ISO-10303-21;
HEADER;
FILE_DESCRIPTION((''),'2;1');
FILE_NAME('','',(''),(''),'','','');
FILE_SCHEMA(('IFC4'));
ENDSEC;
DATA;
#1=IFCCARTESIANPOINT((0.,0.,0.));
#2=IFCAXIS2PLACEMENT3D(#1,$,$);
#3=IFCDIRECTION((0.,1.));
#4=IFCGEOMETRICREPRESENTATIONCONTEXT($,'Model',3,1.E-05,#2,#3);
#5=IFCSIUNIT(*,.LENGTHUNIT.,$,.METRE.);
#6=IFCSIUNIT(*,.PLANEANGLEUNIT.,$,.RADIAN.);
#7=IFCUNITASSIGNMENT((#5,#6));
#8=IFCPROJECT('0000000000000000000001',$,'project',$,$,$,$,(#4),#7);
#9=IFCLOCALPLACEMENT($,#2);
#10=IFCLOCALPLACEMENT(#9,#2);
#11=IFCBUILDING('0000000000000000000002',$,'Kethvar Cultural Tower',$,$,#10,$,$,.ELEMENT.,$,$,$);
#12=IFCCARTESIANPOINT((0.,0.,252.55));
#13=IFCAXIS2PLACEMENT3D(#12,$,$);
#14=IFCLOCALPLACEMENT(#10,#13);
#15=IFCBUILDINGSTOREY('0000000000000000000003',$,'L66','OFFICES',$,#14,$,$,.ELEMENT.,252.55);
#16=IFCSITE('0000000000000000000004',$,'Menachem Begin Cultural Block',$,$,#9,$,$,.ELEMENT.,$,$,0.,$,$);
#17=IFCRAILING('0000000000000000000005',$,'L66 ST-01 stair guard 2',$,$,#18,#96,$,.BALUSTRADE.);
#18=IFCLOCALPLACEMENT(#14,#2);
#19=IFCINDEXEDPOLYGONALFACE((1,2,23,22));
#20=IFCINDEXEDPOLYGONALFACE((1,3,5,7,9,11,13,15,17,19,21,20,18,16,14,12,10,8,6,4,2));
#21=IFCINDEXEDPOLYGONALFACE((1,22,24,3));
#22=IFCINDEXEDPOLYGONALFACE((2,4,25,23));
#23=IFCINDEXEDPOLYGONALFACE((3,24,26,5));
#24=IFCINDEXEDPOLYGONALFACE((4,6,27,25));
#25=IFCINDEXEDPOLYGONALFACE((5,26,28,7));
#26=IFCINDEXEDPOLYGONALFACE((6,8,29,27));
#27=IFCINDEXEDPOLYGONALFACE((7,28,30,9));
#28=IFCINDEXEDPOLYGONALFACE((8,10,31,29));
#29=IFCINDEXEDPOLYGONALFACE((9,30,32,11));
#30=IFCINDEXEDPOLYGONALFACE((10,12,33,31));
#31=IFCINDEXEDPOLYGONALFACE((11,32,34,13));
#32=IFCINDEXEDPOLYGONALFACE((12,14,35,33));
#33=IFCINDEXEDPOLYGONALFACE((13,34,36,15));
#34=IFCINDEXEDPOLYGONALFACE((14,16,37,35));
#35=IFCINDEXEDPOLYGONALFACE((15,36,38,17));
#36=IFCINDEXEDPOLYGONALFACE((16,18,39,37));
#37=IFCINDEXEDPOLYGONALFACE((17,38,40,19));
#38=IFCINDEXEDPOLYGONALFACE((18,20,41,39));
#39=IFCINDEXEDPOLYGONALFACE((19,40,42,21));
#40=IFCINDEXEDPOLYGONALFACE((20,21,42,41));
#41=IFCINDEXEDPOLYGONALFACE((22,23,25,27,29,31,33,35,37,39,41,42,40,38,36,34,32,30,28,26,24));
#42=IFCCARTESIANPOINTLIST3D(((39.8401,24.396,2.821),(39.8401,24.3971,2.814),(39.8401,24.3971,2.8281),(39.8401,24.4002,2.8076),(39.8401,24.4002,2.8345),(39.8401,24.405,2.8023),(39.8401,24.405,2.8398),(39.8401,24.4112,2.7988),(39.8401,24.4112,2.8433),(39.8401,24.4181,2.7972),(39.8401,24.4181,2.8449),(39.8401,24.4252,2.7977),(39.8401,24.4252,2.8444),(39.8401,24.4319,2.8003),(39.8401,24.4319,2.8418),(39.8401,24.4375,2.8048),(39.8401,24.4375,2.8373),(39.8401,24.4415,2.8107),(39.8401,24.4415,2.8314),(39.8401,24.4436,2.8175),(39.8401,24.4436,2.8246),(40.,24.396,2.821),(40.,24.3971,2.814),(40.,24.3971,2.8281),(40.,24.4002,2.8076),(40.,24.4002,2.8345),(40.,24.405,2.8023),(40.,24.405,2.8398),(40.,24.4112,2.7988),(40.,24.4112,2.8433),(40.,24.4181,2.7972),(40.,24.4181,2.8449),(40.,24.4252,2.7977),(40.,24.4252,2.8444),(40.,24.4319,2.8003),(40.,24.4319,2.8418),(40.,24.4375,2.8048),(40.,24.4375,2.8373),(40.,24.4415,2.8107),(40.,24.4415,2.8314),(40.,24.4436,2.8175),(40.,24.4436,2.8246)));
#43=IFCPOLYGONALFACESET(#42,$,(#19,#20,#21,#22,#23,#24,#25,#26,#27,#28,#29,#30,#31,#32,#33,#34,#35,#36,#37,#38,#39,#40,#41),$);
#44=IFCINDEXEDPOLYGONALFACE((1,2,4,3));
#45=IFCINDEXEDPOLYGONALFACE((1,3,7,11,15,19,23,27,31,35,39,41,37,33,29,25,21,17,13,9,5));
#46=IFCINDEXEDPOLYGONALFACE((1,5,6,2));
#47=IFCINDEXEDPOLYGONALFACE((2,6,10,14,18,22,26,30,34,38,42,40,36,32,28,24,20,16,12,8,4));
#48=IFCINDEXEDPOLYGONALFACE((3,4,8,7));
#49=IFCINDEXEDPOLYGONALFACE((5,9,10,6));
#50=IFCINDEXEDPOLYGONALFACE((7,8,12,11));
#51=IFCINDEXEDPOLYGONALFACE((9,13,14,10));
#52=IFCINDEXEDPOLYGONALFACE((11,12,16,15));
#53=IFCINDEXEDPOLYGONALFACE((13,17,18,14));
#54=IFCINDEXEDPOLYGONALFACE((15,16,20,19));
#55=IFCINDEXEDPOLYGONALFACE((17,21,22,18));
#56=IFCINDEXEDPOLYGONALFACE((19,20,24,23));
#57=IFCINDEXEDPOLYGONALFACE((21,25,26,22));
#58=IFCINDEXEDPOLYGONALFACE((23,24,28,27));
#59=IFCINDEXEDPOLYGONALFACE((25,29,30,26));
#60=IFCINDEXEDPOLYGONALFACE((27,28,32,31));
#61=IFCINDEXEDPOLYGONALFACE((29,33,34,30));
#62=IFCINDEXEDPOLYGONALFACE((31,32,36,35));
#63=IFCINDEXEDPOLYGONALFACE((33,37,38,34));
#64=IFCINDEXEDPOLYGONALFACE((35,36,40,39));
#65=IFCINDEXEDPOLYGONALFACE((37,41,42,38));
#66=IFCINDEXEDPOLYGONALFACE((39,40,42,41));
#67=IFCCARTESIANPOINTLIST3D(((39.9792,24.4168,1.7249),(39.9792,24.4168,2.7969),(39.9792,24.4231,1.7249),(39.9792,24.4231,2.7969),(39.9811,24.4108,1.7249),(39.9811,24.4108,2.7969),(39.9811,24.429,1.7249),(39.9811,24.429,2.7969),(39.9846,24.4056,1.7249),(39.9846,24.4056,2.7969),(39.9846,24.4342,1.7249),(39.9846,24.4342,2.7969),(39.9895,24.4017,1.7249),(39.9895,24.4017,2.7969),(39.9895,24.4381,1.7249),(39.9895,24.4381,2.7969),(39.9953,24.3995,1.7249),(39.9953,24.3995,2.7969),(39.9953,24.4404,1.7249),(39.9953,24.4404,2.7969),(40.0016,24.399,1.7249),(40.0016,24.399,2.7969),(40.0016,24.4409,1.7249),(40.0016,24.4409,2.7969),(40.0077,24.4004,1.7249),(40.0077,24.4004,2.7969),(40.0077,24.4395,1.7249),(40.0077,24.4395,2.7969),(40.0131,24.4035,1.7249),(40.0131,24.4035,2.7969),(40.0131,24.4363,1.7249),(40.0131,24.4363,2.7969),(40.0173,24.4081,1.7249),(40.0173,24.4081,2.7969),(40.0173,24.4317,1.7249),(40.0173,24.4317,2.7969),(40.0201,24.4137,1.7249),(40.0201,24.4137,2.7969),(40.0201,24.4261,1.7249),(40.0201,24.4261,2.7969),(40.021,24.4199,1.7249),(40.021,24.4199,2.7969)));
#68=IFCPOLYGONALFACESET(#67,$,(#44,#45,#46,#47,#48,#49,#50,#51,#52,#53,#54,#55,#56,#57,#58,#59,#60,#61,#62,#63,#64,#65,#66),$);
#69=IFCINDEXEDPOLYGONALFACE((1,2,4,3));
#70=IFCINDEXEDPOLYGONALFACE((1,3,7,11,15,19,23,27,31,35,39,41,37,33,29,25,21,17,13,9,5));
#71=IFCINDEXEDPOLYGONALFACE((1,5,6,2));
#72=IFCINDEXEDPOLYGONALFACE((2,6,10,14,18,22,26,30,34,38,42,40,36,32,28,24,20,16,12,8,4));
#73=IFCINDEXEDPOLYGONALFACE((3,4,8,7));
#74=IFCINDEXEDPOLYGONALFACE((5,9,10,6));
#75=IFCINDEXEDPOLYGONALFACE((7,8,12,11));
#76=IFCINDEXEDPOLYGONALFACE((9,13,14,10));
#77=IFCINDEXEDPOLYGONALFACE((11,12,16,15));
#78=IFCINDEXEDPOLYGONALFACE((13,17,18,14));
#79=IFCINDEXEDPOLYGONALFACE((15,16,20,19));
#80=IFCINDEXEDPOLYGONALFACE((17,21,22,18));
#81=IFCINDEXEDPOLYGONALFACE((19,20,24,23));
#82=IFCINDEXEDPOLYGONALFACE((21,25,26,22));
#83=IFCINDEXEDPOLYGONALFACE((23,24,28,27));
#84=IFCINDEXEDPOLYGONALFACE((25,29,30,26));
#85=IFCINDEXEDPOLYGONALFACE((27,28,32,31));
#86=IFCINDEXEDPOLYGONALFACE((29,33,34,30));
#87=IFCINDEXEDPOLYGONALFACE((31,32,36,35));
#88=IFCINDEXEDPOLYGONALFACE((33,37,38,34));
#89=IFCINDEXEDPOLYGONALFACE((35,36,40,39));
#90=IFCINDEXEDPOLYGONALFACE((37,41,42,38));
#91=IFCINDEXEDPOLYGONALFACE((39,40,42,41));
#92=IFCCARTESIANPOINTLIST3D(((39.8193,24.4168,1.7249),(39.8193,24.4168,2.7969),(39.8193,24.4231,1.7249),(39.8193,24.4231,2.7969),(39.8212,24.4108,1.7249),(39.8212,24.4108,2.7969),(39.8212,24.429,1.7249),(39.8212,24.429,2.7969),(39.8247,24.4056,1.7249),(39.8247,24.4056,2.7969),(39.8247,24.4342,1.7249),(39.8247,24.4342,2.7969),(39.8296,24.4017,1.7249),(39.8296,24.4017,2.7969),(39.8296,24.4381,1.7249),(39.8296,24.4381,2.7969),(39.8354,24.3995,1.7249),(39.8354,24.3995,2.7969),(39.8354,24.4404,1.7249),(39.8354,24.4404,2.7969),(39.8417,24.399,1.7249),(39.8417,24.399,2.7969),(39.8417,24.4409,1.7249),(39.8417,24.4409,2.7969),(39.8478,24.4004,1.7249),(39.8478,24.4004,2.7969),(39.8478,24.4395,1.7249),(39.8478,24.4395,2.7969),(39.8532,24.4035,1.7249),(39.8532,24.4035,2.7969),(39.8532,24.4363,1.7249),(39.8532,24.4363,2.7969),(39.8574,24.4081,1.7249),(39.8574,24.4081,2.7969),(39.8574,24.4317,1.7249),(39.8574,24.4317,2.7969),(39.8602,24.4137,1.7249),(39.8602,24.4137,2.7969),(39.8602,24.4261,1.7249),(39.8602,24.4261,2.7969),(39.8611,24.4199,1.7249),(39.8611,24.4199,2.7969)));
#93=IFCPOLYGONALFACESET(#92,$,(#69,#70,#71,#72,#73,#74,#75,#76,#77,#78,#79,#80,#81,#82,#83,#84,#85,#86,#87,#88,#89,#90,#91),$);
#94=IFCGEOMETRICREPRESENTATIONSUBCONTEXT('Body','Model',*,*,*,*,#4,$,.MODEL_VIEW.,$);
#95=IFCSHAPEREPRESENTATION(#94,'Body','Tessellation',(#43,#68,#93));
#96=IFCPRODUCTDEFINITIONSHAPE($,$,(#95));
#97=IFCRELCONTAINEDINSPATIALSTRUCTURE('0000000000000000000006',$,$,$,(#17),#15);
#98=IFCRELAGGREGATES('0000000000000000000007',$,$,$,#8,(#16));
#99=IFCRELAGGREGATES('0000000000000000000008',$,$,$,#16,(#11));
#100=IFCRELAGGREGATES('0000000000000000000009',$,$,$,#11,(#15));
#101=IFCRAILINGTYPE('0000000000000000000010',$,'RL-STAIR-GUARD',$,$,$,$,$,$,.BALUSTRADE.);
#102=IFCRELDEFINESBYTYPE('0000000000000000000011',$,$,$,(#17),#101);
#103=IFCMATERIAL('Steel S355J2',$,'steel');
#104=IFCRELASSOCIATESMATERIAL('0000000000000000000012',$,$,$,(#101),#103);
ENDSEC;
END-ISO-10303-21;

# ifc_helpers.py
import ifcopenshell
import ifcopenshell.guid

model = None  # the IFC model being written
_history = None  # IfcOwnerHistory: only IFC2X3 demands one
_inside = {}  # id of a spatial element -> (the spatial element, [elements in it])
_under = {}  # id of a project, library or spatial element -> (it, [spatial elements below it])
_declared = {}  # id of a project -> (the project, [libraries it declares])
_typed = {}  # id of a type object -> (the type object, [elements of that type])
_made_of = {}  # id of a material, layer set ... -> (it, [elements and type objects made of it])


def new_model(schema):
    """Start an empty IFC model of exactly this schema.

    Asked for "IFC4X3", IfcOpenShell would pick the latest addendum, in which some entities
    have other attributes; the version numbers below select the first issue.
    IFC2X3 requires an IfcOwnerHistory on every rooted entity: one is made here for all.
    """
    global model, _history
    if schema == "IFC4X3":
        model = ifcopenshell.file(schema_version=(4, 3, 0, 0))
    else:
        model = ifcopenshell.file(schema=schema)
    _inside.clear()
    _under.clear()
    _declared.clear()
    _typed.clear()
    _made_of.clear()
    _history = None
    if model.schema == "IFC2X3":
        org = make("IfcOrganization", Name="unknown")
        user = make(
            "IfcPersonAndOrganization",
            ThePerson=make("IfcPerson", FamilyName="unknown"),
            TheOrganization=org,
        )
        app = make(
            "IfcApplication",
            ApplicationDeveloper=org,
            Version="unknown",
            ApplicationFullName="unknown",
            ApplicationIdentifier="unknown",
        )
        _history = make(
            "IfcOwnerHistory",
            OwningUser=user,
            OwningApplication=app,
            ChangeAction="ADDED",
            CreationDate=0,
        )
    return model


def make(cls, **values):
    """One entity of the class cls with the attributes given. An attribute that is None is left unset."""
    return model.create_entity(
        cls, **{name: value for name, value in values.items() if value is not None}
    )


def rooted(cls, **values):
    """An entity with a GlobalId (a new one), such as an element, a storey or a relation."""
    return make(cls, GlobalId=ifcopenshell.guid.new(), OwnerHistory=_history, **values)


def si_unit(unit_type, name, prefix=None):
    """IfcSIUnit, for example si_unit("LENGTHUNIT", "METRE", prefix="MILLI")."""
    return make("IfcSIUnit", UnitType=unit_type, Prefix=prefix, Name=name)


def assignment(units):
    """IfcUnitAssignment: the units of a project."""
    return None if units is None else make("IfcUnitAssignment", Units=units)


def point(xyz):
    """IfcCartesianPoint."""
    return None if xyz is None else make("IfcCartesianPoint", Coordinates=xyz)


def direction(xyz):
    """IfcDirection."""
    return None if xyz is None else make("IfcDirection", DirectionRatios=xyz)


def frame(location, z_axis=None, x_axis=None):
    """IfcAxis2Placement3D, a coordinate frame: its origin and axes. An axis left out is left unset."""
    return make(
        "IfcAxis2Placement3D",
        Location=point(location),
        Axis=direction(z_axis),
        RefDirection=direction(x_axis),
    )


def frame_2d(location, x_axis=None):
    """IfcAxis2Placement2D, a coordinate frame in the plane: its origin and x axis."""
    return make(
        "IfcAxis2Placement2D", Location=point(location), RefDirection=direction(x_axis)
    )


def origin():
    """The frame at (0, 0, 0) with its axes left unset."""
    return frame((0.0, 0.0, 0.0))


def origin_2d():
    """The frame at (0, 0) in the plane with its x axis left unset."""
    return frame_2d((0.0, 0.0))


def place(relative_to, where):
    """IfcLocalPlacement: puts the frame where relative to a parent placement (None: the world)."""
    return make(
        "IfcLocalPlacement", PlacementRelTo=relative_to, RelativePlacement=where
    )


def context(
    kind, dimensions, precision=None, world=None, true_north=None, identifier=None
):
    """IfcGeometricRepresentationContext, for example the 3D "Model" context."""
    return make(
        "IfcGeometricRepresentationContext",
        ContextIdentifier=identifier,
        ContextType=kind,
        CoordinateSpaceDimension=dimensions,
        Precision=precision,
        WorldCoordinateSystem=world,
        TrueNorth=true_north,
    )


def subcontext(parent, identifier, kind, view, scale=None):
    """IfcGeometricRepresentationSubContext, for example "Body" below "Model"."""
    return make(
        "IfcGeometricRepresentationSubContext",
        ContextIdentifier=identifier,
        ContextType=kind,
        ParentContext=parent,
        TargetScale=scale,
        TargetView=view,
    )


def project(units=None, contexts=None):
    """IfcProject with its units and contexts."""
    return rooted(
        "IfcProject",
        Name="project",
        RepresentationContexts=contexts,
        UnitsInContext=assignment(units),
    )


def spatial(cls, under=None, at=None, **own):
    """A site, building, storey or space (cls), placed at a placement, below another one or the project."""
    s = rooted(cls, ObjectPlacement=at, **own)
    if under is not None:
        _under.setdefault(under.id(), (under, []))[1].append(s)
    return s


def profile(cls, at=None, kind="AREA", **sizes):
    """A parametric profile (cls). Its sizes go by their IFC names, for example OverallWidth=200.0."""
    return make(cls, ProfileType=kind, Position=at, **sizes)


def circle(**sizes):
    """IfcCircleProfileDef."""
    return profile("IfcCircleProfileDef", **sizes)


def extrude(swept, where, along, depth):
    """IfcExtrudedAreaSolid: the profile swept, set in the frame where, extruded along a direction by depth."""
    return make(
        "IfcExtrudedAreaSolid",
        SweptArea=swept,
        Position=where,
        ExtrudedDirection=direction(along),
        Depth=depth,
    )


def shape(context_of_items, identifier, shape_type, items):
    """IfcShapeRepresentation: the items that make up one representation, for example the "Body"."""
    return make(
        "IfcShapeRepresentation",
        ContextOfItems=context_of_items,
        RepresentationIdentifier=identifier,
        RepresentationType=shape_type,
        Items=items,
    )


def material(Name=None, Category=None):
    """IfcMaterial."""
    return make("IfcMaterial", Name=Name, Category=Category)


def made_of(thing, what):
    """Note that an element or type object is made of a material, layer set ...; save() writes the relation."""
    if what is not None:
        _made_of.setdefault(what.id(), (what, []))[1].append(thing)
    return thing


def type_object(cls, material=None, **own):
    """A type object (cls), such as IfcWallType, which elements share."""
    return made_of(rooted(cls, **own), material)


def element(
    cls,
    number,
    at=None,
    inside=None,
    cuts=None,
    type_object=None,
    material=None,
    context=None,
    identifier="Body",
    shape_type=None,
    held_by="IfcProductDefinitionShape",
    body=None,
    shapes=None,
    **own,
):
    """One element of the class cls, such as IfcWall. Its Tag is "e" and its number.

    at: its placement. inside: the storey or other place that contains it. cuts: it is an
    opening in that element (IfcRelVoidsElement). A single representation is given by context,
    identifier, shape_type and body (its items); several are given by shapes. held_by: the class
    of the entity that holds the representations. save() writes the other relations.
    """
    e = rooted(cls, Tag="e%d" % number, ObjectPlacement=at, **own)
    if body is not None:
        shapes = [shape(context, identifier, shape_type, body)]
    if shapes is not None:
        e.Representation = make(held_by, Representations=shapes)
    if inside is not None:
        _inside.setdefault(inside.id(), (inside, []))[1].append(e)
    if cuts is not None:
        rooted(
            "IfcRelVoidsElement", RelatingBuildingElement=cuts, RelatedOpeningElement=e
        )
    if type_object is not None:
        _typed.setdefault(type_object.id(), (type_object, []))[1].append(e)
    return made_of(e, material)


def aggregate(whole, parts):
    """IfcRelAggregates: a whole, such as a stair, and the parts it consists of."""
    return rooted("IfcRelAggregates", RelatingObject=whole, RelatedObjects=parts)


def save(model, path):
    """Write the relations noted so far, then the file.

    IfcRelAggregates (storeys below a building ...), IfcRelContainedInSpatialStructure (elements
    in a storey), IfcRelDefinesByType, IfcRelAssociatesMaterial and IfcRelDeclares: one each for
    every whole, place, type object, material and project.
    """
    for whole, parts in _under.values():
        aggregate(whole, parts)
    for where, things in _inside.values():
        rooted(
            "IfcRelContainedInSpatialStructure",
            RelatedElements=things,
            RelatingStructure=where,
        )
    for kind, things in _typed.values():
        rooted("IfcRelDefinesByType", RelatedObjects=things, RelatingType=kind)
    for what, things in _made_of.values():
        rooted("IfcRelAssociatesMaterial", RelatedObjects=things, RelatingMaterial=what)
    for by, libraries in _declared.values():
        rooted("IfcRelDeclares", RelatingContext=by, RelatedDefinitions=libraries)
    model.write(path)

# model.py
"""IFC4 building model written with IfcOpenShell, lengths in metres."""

from ifc_helpers import new_model, si_unit, direction, frame, origin, origin_2d, place, context, subcontext, project, spatial, circle, extrude, material, type_object, element, save


model = new_model("IFC4")

# Units and contexts
model_context = context("Model", 3, precision=1e-05, world=origin(), true_north=direction((0.0, 1.0)))
body_context = subcontext(model_context, "Body", "Model", "MODEL_VIEW")
ifc_project = project(units=[si_unit("LENGTHUNIT", "METRE"), si_unit("PLANEANGLEUNIT", "RADIAN")], contexts=[model_context])

# Site, building, storey
site_placement = place(None, origin())
site = spatial("IfcSite", under=ifc_project, at=site_placement, Name="Menachem Begin Cultural Block", CompositionType="ELEMENT", RefElevation=0.0)
building_placement = place(site_placement, origin())
building = spatial("IfcBuilding", under=site, at=building_placement, Name="Kethvar Cultural Tower", CompositionType="ELEMENT")
storey_placement = place(building_placement, frame((0.0, 0.0, 252.55)))
storey = spatial("IfcBuildingStorey", under=building, at=storey_placement, Name="L66", Description="OFFICES", CompositionType="ELEMENT", Elevation=252.55)

# Shared definitions
ifc_material_1 = material(Name="Steel S355J2", Category="steel")

# Railing
railing_type_1 = type_object("IfcRailingType", Name="RL-STAIR-GUARD", PredefinedType="BALUSTRADE", material=ifc_material_1)
railing_1_placement = place(storey_placement, frame((40.0, 24.4199, 1.7249)))
element("IfcRailing", 1, at=railing_1_placement, inside=storey, type_object=railing_type_1, Name="L66 ST-01 stair guard 2", PredefinedType="BALUSTRADE", context=body_context, shape_type="SweptSolid", body=[
    extrude(circle(Radius=0.0239, at=origin_2d()), frame((0.0, 0.0, 1.0962), z_axis=(-1.0, 0.0, 0.0), x_axis=(0.0, -1.0, 0.0)), (0.0, 0.0, 1.0), 0.1599),
    extrude(circle(Radius=0.021, at=origin_2d()), origin(), (0.0, 0.0, 1.0), 1.072),
    extrude(circle(Radius=0.021, at=origin_2d()), frame((-0.1599, 0.0, 0.0)), (0.0, 0.0, 1.0), 1.072),
])

save(model, "model.ifc")
